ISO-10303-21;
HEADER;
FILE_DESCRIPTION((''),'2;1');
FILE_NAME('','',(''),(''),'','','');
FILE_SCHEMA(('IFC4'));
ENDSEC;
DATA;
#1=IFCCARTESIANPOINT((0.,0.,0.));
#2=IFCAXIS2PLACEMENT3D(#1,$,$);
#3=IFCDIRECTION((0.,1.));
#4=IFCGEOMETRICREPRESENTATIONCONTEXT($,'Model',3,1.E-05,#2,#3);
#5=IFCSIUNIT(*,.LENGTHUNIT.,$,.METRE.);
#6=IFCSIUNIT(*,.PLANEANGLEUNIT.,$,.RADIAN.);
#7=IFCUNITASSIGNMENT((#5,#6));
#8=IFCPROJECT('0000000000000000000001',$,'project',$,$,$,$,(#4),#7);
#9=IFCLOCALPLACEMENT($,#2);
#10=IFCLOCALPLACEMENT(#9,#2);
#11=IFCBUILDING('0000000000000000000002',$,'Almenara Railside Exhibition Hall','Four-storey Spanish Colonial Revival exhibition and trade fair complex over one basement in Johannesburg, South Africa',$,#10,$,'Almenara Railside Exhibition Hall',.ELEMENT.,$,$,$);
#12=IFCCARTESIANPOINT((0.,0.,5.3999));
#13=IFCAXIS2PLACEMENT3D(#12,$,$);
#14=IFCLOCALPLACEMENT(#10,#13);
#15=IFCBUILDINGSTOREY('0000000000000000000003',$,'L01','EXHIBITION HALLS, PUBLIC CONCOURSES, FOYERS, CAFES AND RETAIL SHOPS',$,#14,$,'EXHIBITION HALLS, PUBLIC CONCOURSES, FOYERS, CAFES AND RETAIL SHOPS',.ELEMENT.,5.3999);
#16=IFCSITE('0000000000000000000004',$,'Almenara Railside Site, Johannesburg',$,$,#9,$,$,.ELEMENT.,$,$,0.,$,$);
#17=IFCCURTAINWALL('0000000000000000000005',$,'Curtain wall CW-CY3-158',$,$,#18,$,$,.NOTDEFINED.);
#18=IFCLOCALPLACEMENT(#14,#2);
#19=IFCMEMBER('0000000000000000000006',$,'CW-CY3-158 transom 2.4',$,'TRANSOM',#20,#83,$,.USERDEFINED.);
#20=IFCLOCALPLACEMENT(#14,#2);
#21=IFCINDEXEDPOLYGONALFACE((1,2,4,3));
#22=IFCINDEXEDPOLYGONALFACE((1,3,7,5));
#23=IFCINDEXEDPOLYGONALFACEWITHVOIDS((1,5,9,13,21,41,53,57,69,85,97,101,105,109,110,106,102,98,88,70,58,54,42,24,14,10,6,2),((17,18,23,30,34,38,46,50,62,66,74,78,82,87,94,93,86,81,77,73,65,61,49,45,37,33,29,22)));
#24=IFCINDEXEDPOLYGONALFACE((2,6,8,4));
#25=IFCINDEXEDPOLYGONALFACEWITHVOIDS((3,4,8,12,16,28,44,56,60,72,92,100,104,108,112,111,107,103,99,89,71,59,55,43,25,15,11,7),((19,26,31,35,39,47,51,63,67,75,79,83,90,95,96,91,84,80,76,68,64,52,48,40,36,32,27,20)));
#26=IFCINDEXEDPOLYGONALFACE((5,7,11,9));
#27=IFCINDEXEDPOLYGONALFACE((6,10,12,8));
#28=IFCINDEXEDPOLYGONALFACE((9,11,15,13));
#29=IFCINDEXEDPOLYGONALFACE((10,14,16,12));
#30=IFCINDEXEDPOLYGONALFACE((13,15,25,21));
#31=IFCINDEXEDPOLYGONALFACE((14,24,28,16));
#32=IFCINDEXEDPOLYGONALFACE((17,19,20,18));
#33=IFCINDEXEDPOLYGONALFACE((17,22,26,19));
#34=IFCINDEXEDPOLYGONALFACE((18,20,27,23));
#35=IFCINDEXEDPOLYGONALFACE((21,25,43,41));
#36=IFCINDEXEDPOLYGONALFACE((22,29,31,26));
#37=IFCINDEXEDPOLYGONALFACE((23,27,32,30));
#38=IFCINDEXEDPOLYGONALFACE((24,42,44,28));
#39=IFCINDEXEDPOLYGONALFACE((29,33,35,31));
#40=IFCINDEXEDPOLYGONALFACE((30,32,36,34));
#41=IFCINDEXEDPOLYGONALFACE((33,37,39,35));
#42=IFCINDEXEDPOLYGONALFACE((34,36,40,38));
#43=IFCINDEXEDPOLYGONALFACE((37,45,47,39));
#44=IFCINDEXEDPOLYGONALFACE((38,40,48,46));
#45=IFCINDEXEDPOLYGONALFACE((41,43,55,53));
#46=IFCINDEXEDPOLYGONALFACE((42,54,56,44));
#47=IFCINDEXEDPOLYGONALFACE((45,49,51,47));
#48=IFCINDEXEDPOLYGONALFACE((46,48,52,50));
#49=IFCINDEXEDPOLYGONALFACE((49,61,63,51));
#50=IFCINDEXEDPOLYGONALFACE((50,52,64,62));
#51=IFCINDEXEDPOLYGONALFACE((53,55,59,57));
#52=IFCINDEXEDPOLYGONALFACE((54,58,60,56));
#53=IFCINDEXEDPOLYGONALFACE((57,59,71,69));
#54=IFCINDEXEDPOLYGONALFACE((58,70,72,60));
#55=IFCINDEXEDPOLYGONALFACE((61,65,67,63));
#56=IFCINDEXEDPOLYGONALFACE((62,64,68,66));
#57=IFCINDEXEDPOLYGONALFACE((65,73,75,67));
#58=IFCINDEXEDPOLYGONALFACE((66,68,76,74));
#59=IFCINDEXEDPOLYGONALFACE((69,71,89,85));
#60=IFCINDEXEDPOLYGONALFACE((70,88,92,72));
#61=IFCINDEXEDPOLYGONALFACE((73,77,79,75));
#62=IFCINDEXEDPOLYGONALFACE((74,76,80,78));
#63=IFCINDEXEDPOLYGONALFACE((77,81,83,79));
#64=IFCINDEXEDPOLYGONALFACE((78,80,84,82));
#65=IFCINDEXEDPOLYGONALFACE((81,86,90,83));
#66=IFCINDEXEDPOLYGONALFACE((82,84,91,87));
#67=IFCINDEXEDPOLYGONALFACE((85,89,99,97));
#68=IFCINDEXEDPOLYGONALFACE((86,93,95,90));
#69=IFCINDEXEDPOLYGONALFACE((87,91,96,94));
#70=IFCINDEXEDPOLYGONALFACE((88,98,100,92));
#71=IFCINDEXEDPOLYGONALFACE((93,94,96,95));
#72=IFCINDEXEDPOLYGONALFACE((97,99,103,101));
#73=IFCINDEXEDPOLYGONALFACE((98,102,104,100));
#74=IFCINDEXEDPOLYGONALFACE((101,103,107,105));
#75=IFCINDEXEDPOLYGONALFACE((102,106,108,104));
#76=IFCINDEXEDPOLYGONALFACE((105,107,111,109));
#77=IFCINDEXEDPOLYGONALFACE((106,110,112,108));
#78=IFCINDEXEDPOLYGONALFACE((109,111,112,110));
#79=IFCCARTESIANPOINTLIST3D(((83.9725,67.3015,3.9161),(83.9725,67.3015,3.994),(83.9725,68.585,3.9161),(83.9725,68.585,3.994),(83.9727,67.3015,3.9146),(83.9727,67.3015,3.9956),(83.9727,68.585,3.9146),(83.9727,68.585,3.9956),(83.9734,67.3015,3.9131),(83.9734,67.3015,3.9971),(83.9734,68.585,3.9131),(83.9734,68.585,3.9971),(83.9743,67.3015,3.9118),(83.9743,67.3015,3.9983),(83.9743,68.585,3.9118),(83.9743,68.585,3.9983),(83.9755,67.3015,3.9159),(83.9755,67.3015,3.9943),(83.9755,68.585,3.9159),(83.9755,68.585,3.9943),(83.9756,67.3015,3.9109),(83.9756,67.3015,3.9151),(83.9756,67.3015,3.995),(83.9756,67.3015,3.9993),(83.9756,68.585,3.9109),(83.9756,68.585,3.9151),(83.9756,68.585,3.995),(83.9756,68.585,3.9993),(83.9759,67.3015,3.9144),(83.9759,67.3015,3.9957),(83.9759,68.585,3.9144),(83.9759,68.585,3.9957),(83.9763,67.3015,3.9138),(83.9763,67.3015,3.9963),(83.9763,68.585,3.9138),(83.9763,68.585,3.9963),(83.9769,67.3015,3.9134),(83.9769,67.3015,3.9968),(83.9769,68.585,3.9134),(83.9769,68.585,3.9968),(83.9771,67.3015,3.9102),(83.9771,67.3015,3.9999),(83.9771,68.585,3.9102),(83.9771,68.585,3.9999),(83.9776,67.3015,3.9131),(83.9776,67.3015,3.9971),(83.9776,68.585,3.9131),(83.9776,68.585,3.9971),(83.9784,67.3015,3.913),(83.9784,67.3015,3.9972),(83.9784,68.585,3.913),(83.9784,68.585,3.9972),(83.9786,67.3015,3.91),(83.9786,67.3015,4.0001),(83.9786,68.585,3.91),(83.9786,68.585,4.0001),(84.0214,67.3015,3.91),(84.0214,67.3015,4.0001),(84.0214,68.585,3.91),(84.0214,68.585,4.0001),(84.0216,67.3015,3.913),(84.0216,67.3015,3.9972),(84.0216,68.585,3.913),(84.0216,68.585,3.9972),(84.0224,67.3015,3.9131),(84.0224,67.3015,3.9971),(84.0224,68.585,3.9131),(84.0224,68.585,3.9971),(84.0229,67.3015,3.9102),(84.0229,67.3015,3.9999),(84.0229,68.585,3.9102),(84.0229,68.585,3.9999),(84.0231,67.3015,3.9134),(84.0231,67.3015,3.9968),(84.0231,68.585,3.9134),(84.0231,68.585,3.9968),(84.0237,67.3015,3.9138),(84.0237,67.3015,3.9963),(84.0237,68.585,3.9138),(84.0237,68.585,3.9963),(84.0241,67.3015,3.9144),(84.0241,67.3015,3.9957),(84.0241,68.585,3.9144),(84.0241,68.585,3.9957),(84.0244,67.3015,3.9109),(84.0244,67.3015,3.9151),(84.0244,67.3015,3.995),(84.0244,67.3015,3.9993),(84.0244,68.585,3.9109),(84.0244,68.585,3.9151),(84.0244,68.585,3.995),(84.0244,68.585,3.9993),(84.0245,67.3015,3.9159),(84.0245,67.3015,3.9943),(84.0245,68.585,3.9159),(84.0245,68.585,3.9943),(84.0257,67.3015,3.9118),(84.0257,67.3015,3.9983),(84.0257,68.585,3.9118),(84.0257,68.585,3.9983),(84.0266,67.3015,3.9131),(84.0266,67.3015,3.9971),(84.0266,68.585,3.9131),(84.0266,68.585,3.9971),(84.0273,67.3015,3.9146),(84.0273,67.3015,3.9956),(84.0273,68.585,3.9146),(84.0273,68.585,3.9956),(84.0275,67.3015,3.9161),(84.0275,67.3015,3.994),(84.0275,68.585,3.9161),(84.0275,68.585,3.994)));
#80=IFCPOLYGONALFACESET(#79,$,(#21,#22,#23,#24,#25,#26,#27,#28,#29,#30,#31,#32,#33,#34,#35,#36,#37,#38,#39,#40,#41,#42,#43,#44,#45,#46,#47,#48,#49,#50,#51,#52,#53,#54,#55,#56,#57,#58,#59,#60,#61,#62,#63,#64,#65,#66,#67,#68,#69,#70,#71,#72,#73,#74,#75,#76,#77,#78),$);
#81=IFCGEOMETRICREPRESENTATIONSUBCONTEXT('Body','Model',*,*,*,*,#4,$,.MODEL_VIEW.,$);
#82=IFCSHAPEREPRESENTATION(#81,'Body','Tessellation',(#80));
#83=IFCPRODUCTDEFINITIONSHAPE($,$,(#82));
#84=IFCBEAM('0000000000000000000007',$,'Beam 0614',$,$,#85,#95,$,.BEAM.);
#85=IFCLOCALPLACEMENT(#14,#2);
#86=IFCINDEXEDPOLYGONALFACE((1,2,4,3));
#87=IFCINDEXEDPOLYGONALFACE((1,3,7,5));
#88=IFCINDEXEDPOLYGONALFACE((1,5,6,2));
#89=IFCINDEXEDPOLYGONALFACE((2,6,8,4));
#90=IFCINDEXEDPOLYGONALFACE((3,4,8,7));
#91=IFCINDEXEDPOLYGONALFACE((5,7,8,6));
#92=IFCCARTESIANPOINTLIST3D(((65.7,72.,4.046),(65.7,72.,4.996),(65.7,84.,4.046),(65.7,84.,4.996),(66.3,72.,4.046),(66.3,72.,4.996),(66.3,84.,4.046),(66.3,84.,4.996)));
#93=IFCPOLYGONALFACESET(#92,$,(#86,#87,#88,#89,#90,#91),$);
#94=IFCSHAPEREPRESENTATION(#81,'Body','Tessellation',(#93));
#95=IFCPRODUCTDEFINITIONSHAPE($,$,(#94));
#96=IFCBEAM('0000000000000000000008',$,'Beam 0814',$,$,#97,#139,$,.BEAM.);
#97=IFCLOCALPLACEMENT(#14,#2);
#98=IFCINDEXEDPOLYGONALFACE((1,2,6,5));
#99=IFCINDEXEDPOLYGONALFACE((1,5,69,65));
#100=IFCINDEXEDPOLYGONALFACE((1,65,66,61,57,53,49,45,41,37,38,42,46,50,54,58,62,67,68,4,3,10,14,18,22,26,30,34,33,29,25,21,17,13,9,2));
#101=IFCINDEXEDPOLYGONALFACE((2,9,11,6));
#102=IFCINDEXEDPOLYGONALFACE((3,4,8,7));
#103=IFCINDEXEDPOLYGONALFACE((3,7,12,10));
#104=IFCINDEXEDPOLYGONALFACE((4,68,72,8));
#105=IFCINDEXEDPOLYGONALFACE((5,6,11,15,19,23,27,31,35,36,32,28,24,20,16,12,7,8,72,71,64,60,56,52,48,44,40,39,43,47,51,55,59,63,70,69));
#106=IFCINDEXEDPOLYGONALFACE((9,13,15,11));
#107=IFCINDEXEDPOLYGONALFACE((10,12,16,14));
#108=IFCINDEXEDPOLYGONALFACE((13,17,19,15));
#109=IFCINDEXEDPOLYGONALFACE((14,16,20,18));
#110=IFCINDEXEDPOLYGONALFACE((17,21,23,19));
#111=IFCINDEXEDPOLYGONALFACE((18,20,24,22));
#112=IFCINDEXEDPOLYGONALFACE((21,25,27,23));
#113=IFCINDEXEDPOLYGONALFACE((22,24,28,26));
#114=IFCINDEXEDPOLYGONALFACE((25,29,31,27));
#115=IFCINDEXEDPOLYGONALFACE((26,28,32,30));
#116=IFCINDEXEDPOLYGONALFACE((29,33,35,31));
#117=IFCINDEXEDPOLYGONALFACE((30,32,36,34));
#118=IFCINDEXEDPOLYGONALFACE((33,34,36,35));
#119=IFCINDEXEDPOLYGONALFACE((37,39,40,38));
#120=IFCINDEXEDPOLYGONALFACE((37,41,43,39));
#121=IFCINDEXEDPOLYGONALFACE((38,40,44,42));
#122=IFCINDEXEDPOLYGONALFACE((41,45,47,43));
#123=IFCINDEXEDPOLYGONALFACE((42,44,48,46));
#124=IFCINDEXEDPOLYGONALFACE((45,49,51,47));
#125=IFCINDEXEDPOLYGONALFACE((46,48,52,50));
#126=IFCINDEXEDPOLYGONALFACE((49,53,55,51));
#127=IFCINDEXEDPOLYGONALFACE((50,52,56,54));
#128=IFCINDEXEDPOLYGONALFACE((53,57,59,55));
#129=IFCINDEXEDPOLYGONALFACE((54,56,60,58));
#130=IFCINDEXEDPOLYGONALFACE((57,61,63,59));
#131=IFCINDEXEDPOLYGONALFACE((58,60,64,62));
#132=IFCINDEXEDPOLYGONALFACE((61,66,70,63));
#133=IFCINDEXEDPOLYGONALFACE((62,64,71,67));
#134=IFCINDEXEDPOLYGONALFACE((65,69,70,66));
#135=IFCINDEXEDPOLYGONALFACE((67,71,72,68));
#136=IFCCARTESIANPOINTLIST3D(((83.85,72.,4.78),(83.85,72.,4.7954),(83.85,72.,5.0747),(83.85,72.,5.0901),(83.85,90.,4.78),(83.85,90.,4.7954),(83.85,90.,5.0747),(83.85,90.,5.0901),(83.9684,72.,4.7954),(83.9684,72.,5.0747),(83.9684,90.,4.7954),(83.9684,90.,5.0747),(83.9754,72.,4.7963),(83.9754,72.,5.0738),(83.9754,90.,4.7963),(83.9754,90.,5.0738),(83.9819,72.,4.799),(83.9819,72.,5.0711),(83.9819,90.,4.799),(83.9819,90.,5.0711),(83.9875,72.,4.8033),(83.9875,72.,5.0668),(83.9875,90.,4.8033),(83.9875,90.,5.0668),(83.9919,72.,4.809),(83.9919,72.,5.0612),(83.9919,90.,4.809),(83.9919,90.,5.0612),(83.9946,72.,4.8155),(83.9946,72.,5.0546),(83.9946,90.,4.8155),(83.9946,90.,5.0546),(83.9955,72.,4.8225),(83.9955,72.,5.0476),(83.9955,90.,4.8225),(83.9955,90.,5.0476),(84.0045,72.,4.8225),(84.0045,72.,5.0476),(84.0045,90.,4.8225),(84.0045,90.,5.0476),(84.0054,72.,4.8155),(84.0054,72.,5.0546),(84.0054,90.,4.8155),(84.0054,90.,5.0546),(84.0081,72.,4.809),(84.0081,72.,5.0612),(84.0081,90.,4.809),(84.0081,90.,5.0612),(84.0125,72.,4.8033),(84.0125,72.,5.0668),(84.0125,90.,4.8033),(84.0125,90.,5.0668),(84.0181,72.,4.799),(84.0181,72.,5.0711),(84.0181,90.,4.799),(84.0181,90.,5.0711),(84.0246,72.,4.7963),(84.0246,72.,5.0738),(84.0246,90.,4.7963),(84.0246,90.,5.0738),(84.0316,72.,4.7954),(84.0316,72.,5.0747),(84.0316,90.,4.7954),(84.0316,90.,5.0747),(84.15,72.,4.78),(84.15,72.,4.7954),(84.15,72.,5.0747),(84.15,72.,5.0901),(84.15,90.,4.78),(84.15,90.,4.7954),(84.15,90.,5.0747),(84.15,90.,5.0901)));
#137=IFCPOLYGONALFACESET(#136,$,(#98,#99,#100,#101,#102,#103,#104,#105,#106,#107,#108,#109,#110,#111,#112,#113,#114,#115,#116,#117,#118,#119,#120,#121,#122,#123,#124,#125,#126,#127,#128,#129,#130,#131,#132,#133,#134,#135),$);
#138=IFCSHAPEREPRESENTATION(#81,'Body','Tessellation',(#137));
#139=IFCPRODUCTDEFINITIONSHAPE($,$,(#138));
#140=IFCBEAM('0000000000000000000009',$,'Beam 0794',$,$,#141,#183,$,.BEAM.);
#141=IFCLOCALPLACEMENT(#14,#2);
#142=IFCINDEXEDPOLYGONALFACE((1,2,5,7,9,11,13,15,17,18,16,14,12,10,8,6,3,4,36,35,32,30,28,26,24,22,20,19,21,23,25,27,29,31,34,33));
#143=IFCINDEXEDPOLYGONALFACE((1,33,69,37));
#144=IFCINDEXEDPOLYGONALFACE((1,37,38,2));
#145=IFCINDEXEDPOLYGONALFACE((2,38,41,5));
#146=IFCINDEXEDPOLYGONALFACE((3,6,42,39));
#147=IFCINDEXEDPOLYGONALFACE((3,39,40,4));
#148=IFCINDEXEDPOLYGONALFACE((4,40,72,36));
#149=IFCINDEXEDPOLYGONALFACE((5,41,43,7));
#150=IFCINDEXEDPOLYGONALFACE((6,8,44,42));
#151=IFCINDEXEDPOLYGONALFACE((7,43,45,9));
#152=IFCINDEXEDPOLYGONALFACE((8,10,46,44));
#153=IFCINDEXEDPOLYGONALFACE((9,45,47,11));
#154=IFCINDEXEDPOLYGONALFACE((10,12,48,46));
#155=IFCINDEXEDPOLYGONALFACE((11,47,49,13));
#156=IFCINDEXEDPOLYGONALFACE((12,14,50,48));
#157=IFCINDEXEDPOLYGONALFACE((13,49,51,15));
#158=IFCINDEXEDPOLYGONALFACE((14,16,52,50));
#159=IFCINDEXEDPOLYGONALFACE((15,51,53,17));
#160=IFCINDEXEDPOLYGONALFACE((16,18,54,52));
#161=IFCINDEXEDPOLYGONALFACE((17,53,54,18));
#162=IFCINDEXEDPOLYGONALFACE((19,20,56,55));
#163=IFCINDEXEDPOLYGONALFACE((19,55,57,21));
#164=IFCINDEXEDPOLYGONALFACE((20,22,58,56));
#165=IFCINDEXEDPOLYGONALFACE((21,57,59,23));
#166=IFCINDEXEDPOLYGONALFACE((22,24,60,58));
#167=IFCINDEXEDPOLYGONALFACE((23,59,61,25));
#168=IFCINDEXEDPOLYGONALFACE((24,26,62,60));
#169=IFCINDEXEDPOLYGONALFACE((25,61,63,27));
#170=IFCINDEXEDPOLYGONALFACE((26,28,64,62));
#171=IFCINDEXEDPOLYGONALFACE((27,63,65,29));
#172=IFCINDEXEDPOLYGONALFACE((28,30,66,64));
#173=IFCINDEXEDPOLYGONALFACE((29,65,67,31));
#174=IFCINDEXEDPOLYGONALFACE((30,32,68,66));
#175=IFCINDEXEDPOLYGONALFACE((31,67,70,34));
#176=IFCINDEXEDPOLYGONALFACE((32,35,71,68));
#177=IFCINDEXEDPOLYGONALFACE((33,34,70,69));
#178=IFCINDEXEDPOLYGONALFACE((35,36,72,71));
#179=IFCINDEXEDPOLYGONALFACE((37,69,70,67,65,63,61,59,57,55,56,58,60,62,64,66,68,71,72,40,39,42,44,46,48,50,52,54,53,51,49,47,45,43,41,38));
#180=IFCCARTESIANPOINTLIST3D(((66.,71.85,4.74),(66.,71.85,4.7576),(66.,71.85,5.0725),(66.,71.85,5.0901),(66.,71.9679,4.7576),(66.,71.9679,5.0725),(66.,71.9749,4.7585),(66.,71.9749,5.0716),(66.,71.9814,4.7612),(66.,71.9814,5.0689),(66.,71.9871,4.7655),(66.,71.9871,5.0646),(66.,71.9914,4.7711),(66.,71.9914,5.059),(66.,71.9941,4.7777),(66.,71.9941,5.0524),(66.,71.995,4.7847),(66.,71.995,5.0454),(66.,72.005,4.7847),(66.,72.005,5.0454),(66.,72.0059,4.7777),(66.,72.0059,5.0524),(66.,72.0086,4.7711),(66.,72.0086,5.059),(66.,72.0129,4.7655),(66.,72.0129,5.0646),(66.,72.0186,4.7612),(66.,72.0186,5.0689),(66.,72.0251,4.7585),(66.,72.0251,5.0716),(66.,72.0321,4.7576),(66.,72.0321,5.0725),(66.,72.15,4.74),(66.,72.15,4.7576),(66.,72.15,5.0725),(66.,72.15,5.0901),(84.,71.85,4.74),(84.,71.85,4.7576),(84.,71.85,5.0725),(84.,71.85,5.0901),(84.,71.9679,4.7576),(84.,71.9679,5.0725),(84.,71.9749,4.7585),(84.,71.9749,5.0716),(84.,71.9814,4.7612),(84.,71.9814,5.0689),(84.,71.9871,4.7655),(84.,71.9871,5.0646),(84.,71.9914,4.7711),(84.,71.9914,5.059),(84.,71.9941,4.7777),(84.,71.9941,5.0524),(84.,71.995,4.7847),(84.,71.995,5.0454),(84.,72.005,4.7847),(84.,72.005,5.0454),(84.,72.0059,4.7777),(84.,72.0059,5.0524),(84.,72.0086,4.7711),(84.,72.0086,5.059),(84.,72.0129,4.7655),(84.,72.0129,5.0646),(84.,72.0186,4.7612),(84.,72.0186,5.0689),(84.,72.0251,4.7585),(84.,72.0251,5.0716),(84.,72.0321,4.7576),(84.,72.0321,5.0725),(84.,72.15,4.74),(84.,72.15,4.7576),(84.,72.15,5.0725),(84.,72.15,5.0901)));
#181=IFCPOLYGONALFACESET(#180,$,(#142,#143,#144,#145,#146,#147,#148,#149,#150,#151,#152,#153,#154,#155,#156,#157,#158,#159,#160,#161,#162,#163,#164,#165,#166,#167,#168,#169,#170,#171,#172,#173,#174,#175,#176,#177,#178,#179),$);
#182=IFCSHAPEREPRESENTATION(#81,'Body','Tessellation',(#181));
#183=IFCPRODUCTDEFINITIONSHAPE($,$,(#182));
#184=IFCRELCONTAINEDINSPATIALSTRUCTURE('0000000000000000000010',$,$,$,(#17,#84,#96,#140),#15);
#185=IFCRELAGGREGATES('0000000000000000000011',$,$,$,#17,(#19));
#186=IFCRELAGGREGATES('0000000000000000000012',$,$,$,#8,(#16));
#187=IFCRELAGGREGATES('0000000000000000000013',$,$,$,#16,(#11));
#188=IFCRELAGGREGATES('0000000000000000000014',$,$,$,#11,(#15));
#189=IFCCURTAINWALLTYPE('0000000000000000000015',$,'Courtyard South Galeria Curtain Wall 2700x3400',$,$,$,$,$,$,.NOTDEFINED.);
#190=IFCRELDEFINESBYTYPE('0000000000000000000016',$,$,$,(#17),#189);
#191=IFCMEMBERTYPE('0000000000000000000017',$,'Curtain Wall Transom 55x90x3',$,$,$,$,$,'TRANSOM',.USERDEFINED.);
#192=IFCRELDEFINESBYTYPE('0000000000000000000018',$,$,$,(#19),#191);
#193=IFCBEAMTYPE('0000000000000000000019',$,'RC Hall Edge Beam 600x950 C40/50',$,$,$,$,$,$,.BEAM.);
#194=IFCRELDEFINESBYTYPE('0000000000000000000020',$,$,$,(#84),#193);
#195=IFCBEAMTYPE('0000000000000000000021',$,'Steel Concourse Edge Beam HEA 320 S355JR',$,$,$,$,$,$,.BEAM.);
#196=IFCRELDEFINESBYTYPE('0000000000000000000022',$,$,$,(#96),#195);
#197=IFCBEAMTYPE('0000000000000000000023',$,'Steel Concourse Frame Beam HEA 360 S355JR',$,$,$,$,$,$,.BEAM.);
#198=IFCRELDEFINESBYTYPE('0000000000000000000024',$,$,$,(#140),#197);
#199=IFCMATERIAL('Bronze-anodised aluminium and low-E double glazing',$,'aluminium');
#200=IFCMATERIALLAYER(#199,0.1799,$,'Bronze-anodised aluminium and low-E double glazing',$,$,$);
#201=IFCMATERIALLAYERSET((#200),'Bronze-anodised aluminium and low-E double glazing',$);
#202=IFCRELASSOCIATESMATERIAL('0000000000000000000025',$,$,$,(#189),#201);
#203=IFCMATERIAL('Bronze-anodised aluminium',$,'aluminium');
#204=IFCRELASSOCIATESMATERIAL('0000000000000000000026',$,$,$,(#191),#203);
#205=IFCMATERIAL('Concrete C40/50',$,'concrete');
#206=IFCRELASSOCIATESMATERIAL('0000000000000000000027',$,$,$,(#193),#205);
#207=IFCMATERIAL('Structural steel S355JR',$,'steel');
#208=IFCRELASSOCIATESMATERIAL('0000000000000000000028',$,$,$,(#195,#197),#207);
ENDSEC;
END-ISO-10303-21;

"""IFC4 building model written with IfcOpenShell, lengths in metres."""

from ifc_helpers import new_model, si_unit, direction, frame, origin, origin_2d, place, context, subcontext, project, spatial, rectangle, hollow_rectangle, i_section, extrude, material, layer, layer_set, material_profile, profile_set, type_object, element, aggregate, save


model = new_model("IFC4")

# Units and contexts
model_context = context("Model", 3, precision=1e-05, world=origin(), true_north=direction((0.0, 1.0)))
body_context = subcontext(model_context, "Body", "Model", "MODEL_VIEW")
ifc_project = project(units=[si_unit("LENGTHUNIT", "METRE"), si_unit("PLANEANGLEUNIT", "RADIAN")], contexts=[model_context])

# Site, building, storey
site_placement = place(None, origin())
site = spatial("IfcSite", under=ifc_project, at=site_placement, Name="Almenara Railside Site, Johannesburg", CompositionType="ELEMENT", RefElevation=0.0)
building_placement = place(site_placement, origin())
building = spatial("IfcBuilding", under=site, at=building_placement, Name="Almenara Railside Exhibition Hall", Description="Four-storey Spanish Colonial Revival exhibition and trade fair complex over one basement in Johannesburg, South Africa", LongName="Almenara Railside Exhibition Hall", CompositionType="ELEMENT")
storey_placement = place(building_placement, frame((0.0, 0.0, 5.3999)))
storey = spatial("IfcBuildingStorey", under=building, at=storey_placement, Name="L01", Description="EXHIBITION HALLS, PUBLIC CONCOURSES, FOYERS, CAFES AND RETAIL SHOPS", LongName="EXHIBITION HALLS, PUBLIC CONCOURSES, FOYERS, CAFES AND RETAIL SHOPS", CompositionType="ELEMENT", Elevation=5.3999)

# Shared definitions
ifc_material_1 = material(Name="Concrete C40/50", Category="concrete")

# Curtain wall
ifc_material_2 = material(Name="Bronze-anodised aluminium and low-E double glazing", Category="aluminium")
ifc_layer_1 = layer(ifc_material_2, 0.1799, Name="Bronze-anodised aluminium and low-E double glazing")
ifc_layer_set_1 = layer_set([ifc_layer_1], Name="Bronze-anodised aluminium and low-E double glazing")
curtain_wall_type = type_object("IfcCurtainWallType", Name="Courtyard South Galeria Curtain Wall 2700x3400", PredefinedType="NOTDEFINED", material=ifc_layer_set_1)
curtain_wall_1_placement = place(storey_placement, origin())
curtain_wall_1 = element("IfcCurtainWall", 1, at=curtain_wall_1_placement, inside=storey, type_object=curtain_wall_type, Name="Curtain wall CW-CY3-158", PredefinedType="NOTDEFINED")
ifc_material_3 = material(Name="Bronze-anodised aluminium", Category="aluminium")

# Member
ifc_material_profile_1 = material_profile(ifc_material_3, hollow_rectangle(XDim=0.0549, YDim=0.0901, WallThickness=0.0029, InnerFilletRadius=0.0029, OuterFilletRadius=0.0061, at=origin_2d()), Name="ALU-TRN 55x90x3")
ifc_profile_set_1 = profile_set([ifc_material_profile_1], Name="Bronze-anodised aluminium")
member_type_1 = type_object("IfcMemberType", Name="Curtain Wall Transom 55x90x3", ElementType="TRANSOM", PredefinedType="USERDEFINED", material=ifc_profile_set_1)
member_1_placement = place(storey_placement, frame((84.0, 68.585, 3.9551), z_axis=(0.0, -1.0, 0.0), x_axis=(1.0, 0.0, 0.0)))
member_1 = element("IfcMember", 2, at=member_1_placement, type_object=member_type_1, Name="CW-CY3-158 transom 2.4", ObjectType="TRANSOM", PredefinedType="USERDEFINED", context=body_context, shape_type="SweptSolid", body=[
    extrude(hollow_rectangle(XDim=0.0549, YDim=0.0901, WallThickness=0.0029, InnerFilletRadius=0.0029, OuterFilletRadius=0.0061, at=origin_2d()), origin(), (0.0, 0.0, 1.0), 1.2834),
])

# Beams
ifc_material_profile_2 = material_profile(ifc_material_1, rectangle(XDim=0.6001, YDim=0.95, at=origin_2d()), Name="RC 600x950")
ifc_profile_set_2 = profile_set([ifc_material_profile_2], Name="Concrete C40/50")
beam_type_1 = type_object("IfcBeamType", Name="RC Hall Edge Beam 600x950 C40/50", PredefinedType="BEAM", material=ifc_profile_set_2)
beam_1_placement = place(storey_placement, frame((66.0, 72.0, 4.521), z_axis=(0.0, 1.0, 0.0), x_axis=(-1.0, 0.0, 0.0)))
element("IfcBeam", 3, at=beam_1_placement, inside=storey, type_object=beam_type_1, Name="Beam 0614", PredefinedType="BEAM", context=body_context, shape_type="SweptSolid", body=[
    extrude(rectangle(XDim=0.6001, YDim=0.95, at=origin_2d()), origin(), (0.0, 0.0, 1.0), 12.0),
])
ifc_material_4 = material(Name="Structural steel S355JR", Category="steel")
ifc_material_profile_3 = material_profile(ifc_material_4, i_section(OverallWidth=0.3, OverallDepth=0.3101, WebThickness=0.009, FlangeThickness=0.0154, FilletRadius=0.0271, at=origin_2d()), Name="HEA 320")
ifc_profile_set_3 = profile_set([ifc_material_profile_3], Name="Structural steel S355JR")
beam_type_2 = type_object("IfcBeamType", Name="Steel Concourse Edge Beam HEA 320 S355JR", PredefinedType="BEAM", material=ifc_profile_set_3)
beam_2_placement = place(storey_placement, frame((84.0, 72.0, 4.9351), z_axis=(0.0, 1.0, 0.0), x_axis=(-1.0, 0.0, 0.0)))
element("IfcBeam", 4, at=beam_2_placement, inside=storey, type_object=beam_type_2, Name="Beam 0814", PredefinedType="BEAM", context=body_context, shape_type="SweptSolid", body=[
    extrude(i_section(OverallWidth=0.3, OverallDepth=0.3101, WebThickness=0.009, FlangeThickness=0.0154, FilletRadius=0.0271, at=origin_2d()), origin(), (0.0, 0.0, 1.0), 18.0),
])
ifc_material_profile_4 = material_profile(ifc_material_4, i_section(OverallWidth=0.3, OverallDepth=0.3501, WebThickness=0.01, FlangeThickness=0.0176, FilletRadius=0.0271, at=origin_2d()), Name="HEA 360")
ifc_profile_set_4 = profile_set([ifc_material_profile_4], Name="Structural steel S355JR")
beam_type_3 = type_object("IfcBeamType", Name="Steel Concourse Frame Beam HEA 360 S355JR", PredefinedType="BEAM", material=ifc_profile_set_4)
beam_3_placement = place(storey_placement, frame((66.0, 72.0, 4.915), z_axis=(1.0, 0.0, 0.0), x_axis=(0.0, 1.0, 0.0)))
element("IfcBeam", 5, at=beam_3_placement, inside=storey, type_object=beam_type_3, Name="Beam 0794", PredefinedType="BEAM", context=body_context, shape_type="SweptSolid", body=[
    extrude(i_section(OverallWidth=0.3, OverallDepth=0.3501, WebThickness=0.01, FlangeThickness=0.0176, FilletRadius=0.0271, at=origin_2d()), origin(), (0.0, 0.0, 1.0), 18.0),
])

aggregate(curtain_wall_1, [member_1])

save(model, "model.ifc")
